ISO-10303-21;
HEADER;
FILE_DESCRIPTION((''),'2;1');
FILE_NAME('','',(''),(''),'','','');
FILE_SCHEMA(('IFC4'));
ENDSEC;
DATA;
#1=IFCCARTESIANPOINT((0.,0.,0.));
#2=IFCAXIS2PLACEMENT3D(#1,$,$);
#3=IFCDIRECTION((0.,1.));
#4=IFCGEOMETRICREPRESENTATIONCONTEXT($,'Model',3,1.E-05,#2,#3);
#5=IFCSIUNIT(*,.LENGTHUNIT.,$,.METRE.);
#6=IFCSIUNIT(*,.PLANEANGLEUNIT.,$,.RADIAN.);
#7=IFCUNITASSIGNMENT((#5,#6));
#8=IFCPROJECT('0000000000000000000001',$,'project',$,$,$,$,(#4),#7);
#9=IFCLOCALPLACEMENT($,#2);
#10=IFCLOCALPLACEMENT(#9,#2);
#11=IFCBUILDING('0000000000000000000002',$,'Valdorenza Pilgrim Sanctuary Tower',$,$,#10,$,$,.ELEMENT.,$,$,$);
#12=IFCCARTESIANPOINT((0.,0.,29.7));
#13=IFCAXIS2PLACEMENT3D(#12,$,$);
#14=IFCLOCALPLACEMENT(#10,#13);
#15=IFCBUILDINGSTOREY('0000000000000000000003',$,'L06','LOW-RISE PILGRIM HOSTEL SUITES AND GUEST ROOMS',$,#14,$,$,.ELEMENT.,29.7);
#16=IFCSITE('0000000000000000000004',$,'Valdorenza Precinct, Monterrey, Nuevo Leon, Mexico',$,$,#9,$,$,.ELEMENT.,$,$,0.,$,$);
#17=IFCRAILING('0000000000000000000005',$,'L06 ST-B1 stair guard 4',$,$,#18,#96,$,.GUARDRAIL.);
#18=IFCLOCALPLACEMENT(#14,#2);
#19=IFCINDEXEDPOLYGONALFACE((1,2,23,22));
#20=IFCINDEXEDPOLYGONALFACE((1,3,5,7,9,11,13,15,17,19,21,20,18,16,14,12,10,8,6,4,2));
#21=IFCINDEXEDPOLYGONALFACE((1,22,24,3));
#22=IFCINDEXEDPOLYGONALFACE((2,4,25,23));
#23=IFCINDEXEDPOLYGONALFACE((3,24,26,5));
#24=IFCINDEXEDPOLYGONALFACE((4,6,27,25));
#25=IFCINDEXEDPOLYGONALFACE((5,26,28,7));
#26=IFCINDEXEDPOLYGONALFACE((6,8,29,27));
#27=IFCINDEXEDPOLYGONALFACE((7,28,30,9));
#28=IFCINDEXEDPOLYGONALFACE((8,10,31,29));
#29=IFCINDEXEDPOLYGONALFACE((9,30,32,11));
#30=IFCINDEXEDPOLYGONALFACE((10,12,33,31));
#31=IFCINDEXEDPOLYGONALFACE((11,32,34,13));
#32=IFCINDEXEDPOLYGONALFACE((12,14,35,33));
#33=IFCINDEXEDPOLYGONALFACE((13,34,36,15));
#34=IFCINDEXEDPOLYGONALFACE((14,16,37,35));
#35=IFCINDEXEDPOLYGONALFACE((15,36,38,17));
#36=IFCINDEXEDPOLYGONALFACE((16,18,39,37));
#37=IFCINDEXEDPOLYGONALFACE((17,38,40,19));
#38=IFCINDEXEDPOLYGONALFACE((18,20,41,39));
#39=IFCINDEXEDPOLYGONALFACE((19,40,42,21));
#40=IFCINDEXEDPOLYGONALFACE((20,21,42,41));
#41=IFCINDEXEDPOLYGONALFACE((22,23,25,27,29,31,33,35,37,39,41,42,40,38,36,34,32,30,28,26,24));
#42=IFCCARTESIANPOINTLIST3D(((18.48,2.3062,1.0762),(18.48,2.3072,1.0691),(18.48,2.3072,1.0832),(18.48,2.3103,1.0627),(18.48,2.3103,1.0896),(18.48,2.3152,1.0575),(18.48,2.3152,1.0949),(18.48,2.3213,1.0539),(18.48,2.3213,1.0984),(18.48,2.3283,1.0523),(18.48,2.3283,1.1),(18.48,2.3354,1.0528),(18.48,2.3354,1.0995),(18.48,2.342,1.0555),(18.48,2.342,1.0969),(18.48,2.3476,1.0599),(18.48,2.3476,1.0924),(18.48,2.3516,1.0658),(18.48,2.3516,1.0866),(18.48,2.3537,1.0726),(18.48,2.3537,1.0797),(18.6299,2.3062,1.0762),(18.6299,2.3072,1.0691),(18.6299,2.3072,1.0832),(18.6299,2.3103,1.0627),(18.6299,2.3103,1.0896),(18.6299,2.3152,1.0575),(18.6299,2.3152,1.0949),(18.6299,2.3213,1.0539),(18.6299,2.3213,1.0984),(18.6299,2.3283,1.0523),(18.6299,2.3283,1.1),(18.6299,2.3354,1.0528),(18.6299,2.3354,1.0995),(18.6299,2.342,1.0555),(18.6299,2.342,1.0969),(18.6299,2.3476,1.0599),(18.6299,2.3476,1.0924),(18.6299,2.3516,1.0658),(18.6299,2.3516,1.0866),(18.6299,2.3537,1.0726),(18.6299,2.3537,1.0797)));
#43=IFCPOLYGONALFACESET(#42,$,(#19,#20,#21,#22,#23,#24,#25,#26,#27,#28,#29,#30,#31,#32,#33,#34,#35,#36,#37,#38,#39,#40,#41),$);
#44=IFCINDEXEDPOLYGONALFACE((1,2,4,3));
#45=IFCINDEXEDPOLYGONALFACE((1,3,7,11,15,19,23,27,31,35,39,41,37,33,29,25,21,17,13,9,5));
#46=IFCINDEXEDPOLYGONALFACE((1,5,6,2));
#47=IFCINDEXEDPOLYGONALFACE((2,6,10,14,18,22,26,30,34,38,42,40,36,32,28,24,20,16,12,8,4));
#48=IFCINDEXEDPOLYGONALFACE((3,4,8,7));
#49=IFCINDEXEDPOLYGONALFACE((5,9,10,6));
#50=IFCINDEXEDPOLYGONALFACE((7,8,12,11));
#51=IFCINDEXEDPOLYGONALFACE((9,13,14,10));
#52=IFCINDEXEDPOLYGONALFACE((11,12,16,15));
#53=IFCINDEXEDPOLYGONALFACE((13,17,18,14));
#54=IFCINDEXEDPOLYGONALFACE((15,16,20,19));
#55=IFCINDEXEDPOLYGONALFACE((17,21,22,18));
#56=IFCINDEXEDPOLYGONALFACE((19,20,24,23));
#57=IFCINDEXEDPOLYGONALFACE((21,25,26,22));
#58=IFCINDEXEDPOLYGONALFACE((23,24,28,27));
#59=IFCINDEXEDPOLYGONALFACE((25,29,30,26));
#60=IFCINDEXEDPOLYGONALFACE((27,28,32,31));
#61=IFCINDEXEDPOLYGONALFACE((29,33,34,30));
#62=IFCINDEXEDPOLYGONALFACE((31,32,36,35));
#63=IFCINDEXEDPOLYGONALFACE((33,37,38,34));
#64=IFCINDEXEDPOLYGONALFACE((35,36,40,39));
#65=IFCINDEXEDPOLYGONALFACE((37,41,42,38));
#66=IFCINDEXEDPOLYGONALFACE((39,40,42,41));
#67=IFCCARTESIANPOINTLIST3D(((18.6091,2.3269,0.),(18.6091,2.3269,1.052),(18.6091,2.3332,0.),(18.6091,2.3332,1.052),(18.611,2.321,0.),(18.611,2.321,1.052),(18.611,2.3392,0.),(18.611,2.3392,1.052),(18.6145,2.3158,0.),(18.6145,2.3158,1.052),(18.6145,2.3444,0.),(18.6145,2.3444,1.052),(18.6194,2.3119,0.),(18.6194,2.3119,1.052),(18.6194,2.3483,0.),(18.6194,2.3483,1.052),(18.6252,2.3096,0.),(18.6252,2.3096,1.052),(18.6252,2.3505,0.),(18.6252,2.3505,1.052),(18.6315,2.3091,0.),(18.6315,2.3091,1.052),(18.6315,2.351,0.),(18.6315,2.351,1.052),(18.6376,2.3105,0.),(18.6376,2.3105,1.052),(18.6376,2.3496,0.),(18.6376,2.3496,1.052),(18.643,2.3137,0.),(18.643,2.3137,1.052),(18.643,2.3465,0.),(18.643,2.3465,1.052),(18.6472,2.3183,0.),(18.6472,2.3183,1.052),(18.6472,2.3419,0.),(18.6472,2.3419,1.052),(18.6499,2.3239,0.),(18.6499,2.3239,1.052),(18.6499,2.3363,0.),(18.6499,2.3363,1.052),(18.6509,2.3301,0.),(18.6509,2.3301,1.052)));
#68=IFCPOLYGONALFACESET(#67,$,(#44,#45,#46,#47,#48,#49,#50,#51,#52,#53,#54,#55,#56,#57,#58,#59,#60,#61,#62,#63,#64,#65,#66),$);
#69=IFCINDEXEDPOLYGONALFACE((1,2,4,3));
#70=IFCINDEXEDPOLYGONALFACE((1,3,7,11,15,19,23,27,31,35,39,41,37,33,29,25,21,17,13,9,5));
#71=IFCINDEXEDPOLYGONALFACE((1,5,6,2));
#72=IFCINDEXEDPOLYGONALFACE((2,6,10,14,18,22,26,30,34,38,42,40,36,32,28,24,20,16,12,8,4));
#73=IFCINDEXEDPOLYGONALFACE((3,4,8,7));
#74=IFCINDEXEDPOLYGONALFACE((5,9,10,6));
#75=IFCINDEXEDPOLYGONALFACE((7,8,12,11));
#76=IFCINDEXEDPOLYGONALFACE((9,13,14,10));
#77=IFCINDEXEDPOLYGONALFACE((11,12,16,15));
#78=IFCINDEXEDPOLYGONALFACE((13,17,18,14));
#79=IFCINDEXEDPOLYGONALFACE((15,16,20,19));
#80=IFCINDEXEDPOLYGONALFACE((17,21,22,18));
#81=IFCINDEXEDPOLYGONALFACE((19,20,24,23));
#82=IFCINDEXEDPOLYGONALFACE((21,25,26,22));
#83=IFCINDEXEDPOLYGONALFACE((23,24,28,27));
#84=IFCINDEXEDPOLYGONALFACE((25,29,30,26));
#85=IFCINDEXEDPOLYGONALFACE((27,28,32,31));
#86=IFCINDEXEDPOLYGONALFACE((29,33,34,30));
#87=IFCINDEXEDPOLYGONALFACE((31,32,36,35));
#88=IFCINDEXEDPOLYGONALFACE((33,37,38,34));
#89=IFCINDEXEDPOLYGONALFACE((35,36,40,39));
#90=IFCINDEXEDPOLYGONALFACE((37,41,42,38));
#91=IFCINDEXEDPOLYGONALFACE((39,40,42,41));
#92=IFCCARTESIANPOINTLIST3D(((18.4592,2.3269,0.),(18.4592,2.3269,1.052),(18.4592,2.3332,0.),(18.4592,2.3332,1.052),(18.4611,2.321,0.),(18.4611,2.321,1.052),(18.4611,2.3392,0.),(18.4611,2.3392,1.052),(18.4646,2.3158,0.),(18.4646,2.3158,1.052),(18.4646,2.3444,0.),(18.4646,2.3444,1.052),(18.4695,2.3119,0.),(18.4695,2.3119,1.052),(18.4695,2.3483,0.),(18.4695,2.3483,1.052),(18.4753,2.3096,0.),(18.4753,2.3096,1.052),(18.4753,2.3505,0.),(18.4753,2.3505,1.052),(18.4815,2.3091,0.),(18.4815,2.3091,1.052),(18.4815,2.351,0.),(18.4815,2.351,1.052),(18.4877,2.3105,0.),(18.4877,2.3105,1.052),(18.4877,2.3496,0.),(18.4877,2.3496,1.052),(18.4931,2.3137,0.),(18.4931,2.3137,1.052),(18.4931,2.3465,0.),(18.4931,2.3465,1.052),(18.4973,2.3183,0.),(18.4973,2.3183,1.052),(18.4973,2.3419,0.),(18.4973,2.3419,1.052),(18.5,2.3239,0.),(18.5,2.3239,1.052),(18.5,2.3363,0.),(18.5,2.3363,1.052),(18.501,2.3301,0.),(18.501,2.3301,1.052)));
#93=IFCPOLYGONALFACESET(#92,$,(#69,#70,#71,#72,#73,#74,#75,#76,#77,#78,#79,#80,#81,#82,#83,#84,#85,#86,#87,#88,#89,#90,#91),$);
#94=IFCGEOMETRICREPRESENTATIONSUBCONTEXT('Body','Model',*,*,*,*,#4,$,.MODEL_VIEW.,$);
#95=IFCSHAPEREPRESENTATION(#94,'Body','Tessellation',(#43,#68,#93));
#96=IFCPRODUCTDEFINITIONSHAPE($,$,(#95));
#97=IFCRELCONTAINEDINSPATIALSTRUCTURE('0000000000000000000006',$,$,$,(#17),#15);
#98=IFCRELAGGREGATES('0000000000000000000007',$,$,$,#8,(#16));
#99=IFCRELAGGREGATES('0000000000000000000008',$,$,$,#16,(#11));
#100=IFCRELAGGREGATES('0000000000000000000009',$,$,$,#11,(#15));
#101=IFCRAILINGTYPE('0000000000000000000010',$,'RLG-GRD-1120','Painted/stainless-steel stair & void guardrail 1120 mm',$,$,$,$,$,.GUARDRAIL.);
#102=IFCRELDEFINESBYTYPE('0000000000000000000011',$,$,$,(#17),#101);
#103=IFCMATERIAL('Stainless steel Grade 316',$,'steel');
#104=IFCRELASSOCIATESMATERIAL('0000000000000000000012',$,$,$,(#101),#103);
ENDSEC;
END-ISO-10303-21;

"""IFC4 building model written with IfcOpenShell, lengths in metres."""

from ifc_helpers import new_model, si_unit, direction, frame, origin, origin_2d, place, context, subcontext, project, spatial, circle, extrude, material, type_object, element, save


model = new_model("IFC4")

# Units and contexts
model_context = context("Model", 3, precision=1e-05, world=origin(), true_north=direction((0.0, 1.0)))
body_context = subcontext(model_context, "Body", "Model", "MODEL_VIEW")
ifc_project = project(units=[si_unit("LENGTHUNIT", "METRE"), si_unit("PLANEANGLEUNIT", "RADIAN")], contexts=[model_context])

# Site, building, storey
site_placement = place(None, origin())
site = spatial("IfcSite", under=ifc_project, at=site_placement, Name="Valdorenza Precinct, Monterrey, Nuevo Leon, Mexico", CompositionType="ELEMENT", RefElevation=0.0)
building_placement = place(site_placement, origin())
building = spatial("IfcBuilding", under=site, at=building_placement, Name="Valdorenza Pilgrim Sanctuary Tower", CompositionType="ELEMENT")
storey_placement = place(building_placement, frame((0.0, 0.0, 29.7)))
storey = spatial("IfcBuildingStorey", under=building, at=storey_placement, Name="L06", Description="LOW-RISE PILGRIM HOSTEL SUITES AND GUEST ROOMS", CompositionType="ELEMENT", Elevation=29.7)

# Railing
ifc_material_1 = material(Name="Stainless steel Grade 316", Category="steel")
railing_type_1 = type_object("IfcRailingType", Name="RLG-GRD-1120", Description="Painted/stainless-steel stair & void guardrail 1120 mm", PredefinedType="GUARDRAIL", material=ifc_material_1)
railing_1_placement = place(storey_placement, frame((18.6299, 2.3301, 0.0)))
element("IfcRailing", 1, at=railing_1_placement, inside=storey, type_object=railing_type_1, Name="L06 ST-B1 stair guard 4", PredefinedType="GUARDRAIL", context=body_context, shape_type="SweptSolid", body=[
    extrude(circle(Radius=0.0239, at=origin_2d()), frame((0.0, 0.0, 1.0762), z_axis=(-1.0, 0.0, 0.0), x_axis=(0.0, -1.0, 0.0)), (0.0, 0.0, 1.0), 0.1499),
    extrude(circle(Radius=0.021, at=origin_2d()), origin(), (0.0, 0.0, 1.0), 1.052),
    extrude(circle(Radius=0.021, at=origin_2d()), frame((-0.1499, 0.0, 0.0)), (0.0, 0.0, 1.0), 1.052),
])

save(model, "model.ifc")
